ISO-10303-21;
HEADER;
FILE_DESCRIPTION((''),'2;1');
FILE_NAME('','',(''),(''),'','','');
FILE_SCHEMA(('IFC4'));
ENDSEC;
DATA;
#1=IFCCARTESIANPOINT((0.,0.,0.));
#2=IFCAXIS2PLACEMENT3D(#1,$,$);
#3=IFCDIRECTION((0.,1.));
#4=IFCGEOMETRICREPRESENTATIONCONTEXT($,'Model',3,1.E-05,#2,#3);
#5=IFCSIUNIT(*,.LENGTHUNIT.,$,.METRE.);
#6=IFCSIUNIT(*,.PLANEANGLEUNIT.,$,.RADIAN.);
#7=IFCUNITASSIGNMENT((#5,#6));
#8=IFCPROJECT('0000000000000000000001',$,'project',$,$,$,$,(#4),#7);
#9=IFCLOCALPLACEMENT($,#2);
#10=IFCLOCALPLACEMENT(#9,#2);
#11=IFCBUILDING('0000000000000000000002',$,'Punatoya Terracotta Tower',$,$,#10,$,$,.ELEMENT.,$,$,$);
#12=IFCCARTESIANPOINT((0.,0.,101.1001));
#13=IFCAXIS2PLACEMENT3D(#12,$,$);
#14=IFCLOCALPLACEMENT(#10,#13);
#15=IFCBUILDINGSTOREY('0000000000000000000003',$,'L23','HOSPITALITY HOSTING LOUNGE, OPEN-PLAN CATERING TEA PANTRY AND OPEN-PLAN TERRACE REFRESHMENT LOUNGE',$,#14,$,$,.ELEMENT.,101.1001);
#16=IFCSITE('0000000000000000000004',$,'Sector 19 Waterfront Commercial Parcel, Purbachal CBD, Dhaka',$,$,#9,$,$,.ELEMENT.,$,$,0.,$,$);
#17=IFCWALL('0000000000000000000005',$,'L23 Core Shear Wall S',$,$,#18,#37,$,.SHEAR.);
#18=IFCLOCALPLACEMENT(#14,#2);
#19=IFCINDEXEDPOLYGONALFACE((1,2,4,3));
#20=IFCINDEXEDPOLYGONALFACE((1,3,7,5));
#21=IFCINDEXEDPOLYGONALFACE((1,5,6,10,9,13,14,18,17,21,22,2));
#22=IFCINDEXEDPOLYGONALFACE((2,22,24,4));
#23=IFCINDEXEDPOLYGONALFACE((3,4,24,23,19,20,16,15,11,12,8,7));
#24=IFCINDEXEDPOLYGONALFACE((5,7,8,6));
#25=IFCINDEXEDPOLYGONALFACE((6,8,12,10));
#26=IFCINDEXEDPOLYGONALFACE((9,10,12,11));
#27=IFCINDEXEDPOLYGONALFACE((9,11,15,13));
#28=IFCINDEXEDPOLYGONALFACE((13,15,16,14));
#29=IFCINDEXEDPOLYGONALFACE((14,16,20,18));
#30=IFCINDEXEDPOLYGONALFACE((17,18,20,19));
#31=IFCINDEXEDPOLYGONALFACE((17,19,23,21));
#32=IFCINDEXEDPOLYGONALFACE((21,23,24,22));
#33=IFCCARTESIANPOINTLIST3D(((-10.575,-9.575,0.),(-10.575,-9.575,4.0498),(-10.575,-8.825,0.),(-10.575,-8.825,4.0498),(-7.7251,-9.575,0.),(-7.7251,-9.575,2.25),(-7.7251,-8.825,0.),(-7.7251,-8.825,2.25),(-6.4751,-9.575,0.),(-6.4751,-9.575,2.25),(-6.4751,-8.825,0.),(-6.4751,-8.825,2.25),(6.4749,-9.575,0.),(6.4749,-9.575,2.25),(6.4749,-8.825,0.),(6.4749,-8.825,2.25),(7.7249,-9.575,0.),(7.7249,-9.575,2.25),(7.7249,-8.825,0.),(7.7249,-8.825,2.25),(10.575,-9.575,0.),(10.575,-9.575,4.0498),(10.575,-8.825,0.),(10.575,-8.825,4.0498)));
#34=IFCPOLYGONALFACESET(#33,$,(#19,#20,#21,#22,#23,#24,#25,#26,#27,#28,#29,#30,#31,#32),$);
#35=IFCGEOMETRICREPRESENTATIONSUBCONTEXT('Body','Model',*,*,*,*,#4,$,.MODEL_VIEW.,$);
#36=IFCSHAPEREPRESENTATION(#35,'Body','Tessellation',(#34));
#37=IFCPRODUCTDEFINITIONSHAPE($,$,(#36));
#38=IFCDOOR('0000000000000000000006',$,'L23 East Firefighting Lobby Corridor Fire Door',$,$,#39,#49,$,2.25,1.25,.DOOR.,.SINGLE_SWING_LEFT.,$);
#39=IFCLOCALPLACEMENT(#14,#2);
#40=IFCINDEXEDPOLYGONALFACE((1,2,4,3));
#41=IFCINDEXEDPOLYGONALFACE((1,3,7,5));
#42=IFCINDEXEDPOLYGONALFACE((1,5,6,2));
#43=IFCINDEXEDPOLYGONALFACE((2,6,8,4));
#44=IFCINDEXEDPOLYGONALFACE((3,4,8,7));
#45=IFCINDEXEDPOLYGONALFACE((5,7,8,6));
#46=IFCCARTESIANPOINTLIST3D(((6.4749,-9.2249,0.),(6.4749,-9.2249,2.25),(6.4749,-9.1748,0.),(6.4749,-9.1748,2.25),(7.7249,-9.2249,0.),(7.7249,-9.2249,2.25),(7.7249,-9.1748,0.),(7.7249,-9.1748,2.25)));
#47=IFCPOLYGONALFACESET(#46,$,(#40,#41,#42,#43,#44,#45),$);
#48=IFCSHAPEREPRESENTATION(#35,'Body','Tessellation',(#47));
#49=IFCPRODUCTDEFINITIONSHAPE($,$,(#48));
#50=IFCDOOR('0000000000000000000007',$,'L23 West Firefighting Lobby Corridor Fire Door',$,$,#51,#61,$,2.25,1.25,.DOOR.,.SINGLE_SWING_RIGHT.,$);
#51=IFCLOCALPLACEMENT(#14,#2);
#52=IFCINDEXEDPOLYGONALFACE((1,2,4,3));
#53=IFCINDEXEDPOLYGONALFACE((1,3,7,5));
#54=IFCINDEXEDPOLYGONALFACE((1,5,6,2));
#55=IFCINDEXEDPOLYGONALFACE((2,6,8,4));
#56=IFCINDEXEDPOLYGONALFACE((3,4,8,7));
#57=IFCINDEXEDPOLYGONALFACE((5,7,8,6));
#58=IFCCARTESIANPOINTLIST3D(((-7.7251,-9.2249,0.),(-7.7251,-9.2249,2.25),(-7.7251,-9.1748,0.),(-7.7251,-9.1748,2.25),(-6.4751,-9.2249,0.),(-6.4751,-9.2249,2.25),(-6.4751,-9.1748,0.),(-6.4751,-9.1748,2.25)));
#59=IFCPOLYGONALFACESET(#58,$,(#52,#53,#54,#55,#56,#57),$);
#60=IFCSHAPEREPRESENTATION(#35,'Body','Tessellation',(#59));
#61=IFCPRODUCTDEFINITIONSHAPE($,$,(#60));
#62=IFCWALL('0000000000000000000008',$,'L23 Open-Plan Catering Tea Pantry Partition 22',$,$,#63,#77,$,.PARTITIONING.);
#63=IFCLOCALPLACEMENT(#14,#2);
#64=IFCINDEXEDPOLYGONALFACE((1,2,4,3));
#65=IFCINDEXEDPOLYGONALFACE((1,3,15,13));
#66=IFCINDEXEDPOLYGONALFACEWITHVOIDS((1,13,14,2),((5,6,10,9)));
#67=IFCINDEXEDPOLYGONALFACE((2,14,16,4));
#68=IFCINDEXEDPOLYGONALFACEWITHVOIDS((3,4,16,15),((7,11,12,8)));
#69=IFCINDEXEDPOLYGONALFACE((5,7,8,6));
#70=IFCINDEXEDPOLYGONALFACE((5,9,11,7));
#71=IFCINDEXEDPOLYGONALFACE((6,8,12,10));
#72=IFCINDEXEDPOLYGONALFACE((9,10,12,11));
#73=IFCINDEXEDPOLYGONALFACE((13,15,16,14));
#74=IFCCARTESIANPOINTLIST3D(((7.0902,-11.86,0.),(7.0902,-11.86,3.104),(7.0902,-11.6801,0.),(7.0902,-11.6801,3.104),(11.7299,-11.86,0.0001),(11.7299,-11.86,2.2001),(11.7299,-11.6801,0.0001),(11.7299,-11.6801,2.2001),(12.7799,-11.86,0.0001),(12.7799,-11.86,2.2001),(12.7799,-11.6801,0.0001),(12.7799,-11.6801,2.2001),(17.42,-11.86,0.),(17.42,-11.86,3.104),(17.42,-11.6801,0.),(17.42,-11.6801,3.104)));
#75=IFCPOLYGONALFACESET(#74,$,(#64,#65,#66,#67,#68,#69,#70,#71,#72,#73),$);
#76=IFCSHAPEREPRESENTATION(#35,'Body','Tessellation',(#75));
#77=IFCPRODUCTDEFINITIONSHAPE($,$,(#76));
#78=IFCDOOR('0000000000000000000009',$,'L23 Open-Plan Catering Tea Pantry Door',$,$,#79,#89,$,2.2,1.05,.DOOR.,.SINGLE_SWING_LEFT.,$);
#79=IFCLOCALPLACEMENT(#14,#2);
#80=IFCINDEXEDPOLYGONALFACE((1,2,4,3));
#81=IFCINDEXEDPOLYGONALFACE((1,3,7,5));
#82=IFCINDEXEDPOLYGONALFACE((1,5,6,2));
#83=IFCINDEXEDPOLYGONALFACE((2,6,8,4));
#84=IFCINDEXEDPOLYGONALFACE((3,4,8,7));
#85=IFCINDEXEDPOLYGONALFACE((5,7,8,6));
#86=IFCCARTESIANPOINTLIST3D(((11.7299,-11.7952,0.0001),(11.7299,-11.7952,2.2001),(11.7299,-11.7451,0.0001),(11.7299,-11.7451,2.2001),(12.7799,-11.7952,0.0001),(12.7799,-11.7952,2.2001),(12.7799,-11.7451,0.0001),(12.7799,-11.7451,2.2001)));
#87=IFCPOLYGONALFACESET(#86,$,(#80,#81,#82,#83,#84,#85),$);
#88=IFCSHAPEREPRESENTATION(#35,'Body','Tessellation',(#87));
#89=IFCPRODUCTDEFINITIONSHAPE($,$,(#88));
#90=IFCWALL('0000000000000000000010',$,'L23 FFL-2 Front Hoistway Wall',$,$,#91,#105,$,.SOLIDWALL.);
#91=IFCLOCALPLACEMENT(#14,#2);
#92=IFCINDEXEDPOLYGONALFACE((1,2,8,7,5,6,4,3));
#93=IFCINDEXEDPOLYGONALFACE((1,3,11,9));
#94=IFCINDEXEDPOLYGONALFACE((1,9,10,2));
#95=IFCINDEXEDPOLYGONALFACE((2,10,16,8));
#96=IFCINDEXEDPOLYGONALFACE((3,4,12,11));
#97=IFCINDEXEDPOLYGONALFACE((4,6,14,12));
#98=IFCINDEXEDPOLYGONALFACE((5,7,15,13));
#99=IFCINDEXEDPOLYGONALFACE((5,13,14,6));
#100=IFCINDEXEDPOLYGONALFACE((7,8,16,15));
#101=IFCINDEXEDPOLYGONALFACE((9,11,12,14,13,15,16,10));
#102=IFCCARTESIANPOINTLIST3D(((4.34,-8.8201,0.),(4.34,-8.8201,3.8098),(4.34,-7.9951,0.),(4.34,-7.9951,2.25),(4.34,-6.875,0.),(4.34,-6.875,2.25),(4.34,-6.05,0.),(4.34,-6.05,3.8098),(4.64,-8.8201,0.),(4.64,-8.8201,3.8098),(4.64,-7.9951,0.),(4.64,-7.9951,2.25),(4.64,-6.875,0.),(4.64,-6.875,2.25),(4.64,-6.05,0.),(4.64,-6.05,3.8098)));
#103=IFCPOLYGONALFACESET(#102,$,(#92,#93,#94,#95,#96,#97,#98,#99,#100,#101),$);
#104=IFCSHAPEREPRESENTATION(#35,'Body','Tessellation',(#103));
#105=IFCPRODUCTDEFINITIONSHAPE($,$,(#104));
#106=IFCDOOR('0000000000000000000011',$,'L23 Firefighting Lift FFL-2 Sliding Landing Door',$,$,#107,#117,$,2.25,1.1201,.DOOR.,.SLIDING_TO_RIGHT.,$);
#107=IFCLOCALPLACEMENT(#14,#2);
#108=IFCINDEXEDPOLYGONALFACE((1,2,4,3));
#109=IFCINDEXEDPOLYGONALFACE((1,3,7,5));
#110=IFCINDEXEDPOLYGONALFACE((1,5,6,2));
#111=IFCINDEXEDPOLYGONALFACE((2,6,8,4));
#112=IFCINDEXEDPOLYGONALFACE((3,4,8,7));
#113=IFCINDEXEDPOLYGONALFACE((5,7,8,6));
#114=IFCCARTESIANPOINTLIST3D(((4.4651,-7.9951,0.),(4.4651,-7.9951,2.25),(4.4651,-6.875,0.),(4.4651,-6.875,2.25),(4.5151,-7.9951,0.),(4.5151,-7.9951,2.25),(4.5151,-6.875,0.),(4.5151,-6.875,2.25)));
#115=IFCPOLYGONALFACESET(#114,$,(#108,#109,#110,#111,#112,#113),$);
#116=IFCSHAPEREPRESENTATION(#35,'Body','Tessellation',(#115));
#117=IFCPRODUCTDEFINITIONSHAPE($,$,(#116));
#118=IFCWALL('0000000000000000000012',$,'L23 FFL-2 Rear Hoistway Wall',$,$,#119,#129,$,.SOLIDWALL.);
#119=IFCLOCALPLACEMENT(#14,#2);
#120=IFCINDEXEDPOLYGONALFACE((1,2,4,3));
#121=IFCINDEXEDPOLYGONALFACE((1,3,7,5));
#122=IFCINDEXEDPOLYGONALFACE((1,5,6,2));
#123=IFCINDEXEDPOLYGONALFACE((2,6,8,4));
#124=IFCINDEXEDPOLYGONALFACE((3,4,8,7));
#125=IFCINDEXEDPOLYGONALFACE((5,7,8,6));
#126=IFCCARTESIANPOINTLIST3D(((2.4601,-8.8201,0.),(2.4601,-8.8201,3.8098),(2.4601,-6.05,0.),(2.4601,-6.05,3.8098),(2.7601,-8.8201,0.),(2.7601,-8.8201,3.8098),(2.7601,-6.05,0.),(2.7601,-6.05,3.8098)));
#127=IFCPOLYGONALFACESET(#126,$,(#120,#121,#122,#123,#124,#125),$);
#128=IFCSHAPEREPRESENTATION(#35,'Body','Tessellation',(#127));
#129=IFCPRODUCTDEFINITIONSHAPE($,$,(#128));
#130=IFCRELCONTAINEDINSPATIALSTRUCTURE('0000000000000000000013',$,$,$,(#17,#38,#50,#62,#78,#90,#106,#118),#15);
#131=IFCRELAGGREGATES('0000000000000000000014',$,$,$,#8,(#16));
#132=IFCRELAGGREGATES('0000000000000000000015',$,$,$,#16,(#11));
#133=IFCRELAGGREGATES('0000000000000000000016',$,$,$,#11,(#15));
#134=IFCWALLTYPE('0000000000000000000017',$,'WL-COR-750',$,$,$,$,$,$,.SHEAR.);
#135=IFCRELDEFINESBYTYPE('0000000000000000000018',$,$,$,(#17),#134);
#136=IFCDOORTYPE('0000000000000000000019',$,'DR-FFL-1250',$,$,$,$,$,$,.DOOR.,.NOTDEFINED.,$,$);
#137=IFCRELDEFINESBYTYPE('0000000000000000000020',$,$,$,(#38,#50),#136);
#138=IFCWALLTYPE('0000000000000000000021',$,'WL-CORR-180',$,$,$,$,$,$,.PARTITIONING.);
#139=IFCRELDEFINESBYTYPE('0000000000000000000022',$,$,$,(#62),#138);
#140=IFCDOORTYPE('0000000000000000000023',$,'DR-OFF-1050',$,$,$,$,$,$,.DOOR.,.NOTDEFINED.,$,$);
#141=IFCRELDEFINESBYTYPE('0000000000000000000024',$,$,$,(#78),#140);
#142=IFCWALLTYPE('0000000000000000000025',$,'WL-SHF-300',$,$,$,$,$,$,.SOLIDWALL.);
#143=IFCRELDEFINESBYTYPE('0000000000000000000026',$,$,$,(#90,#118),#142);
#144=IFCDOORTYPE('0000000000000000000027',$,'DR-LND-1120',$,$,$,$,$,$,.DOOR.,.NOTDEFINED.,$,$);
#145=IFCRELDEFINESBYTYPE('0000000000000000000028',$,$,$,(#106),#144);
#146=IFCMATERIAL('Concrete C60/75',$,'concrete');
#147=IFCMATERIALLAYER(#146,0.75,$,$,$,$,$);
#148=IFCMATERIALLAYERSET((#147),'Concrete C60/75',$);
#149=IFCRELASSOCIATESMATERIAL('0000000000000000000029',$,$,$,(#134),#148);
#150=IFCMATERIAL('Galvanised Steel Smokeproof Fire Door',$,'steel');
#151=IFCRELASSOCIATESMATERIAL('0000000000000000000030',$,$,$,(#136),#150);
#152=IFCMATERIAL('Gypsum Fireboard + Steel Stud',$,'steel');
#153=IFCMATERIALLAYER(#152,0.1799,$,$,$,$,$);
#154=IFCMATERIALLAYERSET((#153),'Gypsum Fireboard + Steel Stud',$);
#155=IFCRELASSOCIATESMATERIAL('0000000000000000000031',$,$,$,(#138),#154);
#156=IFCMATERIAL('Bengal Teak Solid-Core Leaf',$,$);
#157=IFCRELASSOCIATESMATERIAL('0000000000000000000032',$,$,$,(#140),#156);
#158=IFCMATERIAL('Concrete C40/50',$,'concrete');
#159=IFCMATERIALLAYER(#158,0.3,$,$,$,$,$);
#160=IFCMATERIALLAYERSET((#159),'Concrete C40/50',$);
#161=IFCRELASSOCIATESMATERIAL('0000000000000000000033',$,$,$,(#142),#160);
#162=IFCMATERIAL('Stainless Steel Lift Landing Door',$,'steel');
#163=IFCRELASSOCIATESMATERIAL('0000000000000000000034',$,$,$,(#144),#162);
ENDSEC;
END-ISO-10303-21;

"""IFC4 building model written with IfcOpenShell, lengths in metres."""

from ifc_helpers import new_model, si_unit, direction, frame, frame_2d, origin, place, context, subcontext, project, spatial, rectangle, extrude, material, layer, layer_set, type_object, element, fill, save


model = new_model("IFC4")

# Units and contexts
model_context = context("Model", 3, precision=1e-05, world=origin(), true_north=direction((0.0, 1.0)))
body_context = subcontext(model_context, "Body", "Model", "MODEL_VIEW")
ifc_project = project(units=[si_unit("LENGTHUNIT", "METRE"), si_unit("PLANEANGLEUNIT", "RADIAN")], contexts=[model_context])

# Site, building, storey
site_placement = place(None, origin())
site = spatial("IfcSite", under=ifc_project, at=site_placement, Name="Sector 19 Waterfront Commercial Parcel, Purbachal CBD, Dhaka", CompositionType="ELEMENT", RefElevation=0.0)
building_placement = place(site_placement, origin())
building = spatial("IfcBuilding", under=site, at=building_placement, Name="Punatoya Terracotta Tower", CompositionType="ELEMENT")
storey_placement = place(building_placement, frame((0.0, 0.0, 101.1001)))
storey = spatial("IfcBuildingStorey", under=building, at=storey_placement, Name="L23", Description="HOSPITALITY HOSTING LOUNGE, OPEN-PLAN CATERING TEA PANTRY AND OPEN-PLAN TERRACE REFRESHMENT LOUNGE", CompositionType="ELEMENT", Elevation=101.1001)

# Shared definitions
ifc_material_1 = material(Name="Concrete C40/50", Category="concrete")

# Wall, openings, doors
ifc_material_2 = material(Name="Concrete C60/75", Category="concrete")
ifc_layer_1 = layer(ifc_material_2, 0.75)
ifc_layer_set_1 = layer_set([ifc_layer_1], Name="Concrete C60/75")
wall_type_1 = type_object("IfcWallType", Name="WL-COR-750", PredefinedType="SHEAR", material=ifc_layer_set_1)
wall_1_placement = place(storey_placement, frame((10.575, -9.2, 0.0), z_axis=(0.0, 0.0, 1.0), x_axis=(-1.0, 0.0, 0.0)))
wall_1 = element("IfcWall", 1, at=wall_1_placement, inside=storey, type_object=wall_type_1, Name="L23 Core Shear Wall S", PredefinedType="SHEAR", context=body_context, shape_type="SweptSolid", body=[
    extrude(rectangle(XDim=21.1499, YDim=0.75, at=frame_2d((10.575, 0.0))), origin(), (0.0, 0.0, 1.0), 4.0498),
])
opening_1_placement = place(wall_1_placement, frame((2.8501, 0.0, 0.0)))
opening_1 = element("IfcOpeningElement", 2, at=opening_1_placement, cuts=wall_1, PredefinedType="OPENING", context=body_context, shape_type="SweptSolid", body=[
    extrude(rectangle(XDim=1.25, YDim=2.25, at=frame_2d((0.625, 1.125))), frame((0.0, 0.385, 0.0), z_axis=(0.0, -1.0, 0.0), x_axis=(1.0, 0.0, 0.0)), (0.0, 0.0, 1.0), 0.77),
])
opening_2_placement = place(wall_1_placement, frame((17.05, 0.0, 0.0)))
opening_2 = element("IfcOpeningElement", 3, at=opening_2_placement, cuts=wall_1, PredefinedType="OPENING", context=body_context, shape_type="SweptSolid", body=[
    extrude(rectangle(XDim=1.25, YDim=2.25, at=frame_2d((0.625, 1.125))), frame((0.0, 0.385, 0.0), z_axis=(0.0, -1.0, 0.0), x_axis=(1.0, 0.0, 0.0)), (0.0, 0.0, 1.0), 0.77),
])
ifc_material_3 = material(Name="Galvanised Steel Smokeproof Fire Door", Category="steel")
door_type_1 = type_object("IfcDoorType", Name="DR-FFL-1250", OperationType="NOTDEFINED", PredefinedType="DOOR", material=ifc_material_3)
door_1_placement = place(opening_1_placement, origin())
door_1 = element("IfcDoor", 4, at=door_1_placement, inside=storey, type_object=door_type_1, Name="L23 East Firefighting Lobby Corridor Fire Door", OperationType="SINGLE_SWING_LEFT", OverallHeight=2.25, OverallWidth=1.25, PredefinedType="DOOR", context=body_context, shape_type="SweptSolid", body=[
    extrude(rectangle(XDim=1.25, YDim=2.25, at=frame_2d((0.625, 1.125))), frame((0.0, 0.0249, 0.0), z_axis=(0.0, -1.0, 0.0), x_axis=(1.0, 0.0, 0.0)), (0.0, 0.0, 1.0), 0.05),
])
fill(opening_1, door_1)
door_2_placement = place(opening_2_placement, origin())
door_2 = element("IfcDoor", 5, at=door_2_placement, inside=storey, type_object=door_type_1, Name="L23 West Firefighting Lobby Corridor Fire Door", OperationType="SINGLE_SWING_RIGHT", OverallHeight=2.25, OverallWidth=1.25, PredefinedType="DOOR", context=body_context, shape_type="SweptSolid", body=[
    extrude(rectangle(XDim=1.25, YDim=2.25, at=frame_2d((0.625, 1.125))), frame((0.0, 0.0249, 0.0), z_axis=(0.0, -1.0, 0.0), x_axis=(1.0, 0.0, 0.0)), (0.0, 0.0, 1.0), 0.05),
])
fill(opening_2, door_2)

# Walls, openings, doors
ifc_material_4 = material(Name="Gypsum Fireboard + Steel Stud", Category="steel")
ifc_layer_2 = layer(ifc_material_4, 0.1799)
ifc_layer_set_2 = layer_set([ifc_layer_2], Name="Gypsum Fireboard + Steel Stud")
wall_type_2 = type_object("IfcWallType", Name="WL-CORR-180", PredefinedType="PARTITIONING", material=ifc_layer_set_2)
wall_2_placement = place(storey_placement, frame((7.0901, -11.77, 0.0), z_axis=(0.0, 0.0, 1.0), x_axis=(1.0, 0.0, 0.0)))
wall_2 = element("IfcWall", 6, at=wall_2_placement, inside=storey, type_object=wall_type_2, Name="L23 Open-Plan Catering Tea Pantry Partition 22", PredefinedType="PARTITIONING", context=body_context, shape_type="SweptSolid", body=[
    extrude(rectangle(XDim=10.3298, YDim=0.1799, at=frame_2d((5.165, 0.0))), origin(), (0.0, 0.0, 1.0), 3.104),
])
opening_3_placement = place(wall_2_placement, frame((4.6399, 0.0, 0.0)))
opening_3 = element("IfcOpeningElement", 7, at=opening_3_placement, cuts=wall_2, PredefinedType="OPENING", context=body_context, shape_type="SweptSolid", body=[
    extrude(rectangle(XDim=1.05, YDim=2.2, at=frame_2d((0.5249, 1.1001))), frame((0.0, 0.0999, 0.0), z_axis=(0.0, -1.0, 0.0), x_axis=(1.0, 0.0, 0.0)), (0.0, 0.0, 1.0), 0.2),
])
ifc_material_5 = material(Name="Bengal Teak Solid-Core Leaf")
door_type_2 = type_object("IfcDoorType", Name="DR-OFF-1050", OperationType="NOTDEFINED", PredefinedType="DOOR", material=ifc_material_5)
door_3_placement = place(opening_3_placement, origin())
door_3 = element("IfcDoor", 8, at=door_3_placement, inside=storey, type_object=door_type_2, Name="L23 Open-Plan Catering Tea Pantry Door", OperationType="SINGLE_SWING_LEFT", OverallHeight=2.2, OverallWidth=1.05, PredefinedType="DOOR", context=body_context, shape_type="SweptSolid", body=[
    extrude(rectangle(XDim=1.05, YDim=2.2, at=frame_2d((0.5249, 1.1001))), frame((0.0, 0.0249, 0.0), z_axis=(0.0, -1.0, 0.0), x_axis=(1.0, 0.0, 0.0)), (0.0, 0.0, 1.0), 0.05),
])
fill(opening_3, door_3)
ifc_layer_3 = layer(ifc_material_1, 0.3)
ifc_layer_set_3 = layer_set([ifc_layer_3], Name="Concrete C40/50")
wall_type_3 = type_object("IfcWallType", Name="WL-SHF-300", PredefinedType="SOLIDWALL", material=ifc_layer_set_3)
wall_3_placement = place(storey_placement, frame((4.49, -8.8201, 0.0), z_axis=(0.0, 0.0, 1.0), x_axis=(0.0, 1.0, 0.0)))
wall_3 = element("IfcWall", 9, at=wall_3_placement, inside=storey, type_object=wall_type_3, Name="L23 FFL-2 Front Hoistway Wall", PredefinedType="SOLIDWALL", context=body_context, shape_type="SweptSolid", body=[
    extrude(rectangle(XDim=2.77, YDim=0.3, at=frame_2d((1.385, 0.0))), origin(), (0.0, 0.0, 1.0), 3.8098),
])
opening_4_placement = place(wall_3_placement, frame((0.825, 0.0, 0.0)))
opening_4 = element("IfcOpeningElement", 10, at=opening_4_placement, cuts=wall_3, PredefinedType="OPENING", context=body_context, shape_type="SweptSolid", body=[
    extrude(rectangle(XDim=1.1201, YDim=2.25, at=frame_2d((0.5601, 1.125))), frame((0.0, 0.1599, 0.0), z_axis=(0.0, -1.0, 0.0), x_axis=(1.0, 0.0, 0.0)), (0.0, 0.0, 1.0), 0.3201),
])
ifc_material_6 = material(Name="Stainless Steel Lift Landing Door", Category="steel")
door_type_3 = type_object("IfcDoorType", Name="DR-LND-1120", OperationType="NOTDEFINED", PredefinedType="DOOR", material=ifc_material_6)
door_4_placement = place(opening_4_placement, origin())
door_4 = element("IfcDoor", 11, at=door_4_placement, inside=storey, type_object=door_type_3, Name="L23 Firefighting Lift FFL-2 Sliding Landing Door", OperationType="SLIDING_TO_RIGHT", OverallHeight=2.25, OverallWidth=1.1201, PredefinedType="DOOR", context=body_context, shape_type="SweptSolid", body=[
    extrude(rectangle(XDim=1.1201, YDim=2.25, at=frame_2d((0.5601, 1.125))), frame((0.0, 0.0249, 0.0), z_axis=(0.0, -1.0, 0.0), x_axis=(1.0, 0.0, 0.0)), (0.0, 0.0, 1.0), 0.05),
])
fill(opening_4, door_4)

# Wall
wall_4_placement = place(storey_placement, frame((2.6101, -8.8201, 0.0), z_axis=(0.0, 0.0, 1.0), x_axis=(0.0, 1.0, 0.0)))
element("IfcWall", 12, at=wall_4_placement, inside=storey, type_object=wall_type_3, Name="L23 FFL-2 Rear Hoistway Wall", PredefinedType="SOLIDWALL", context=body_context, shape_type="SweptSolid", body=[
    extrude(rectangle(XDim=2.77, YDim=0.3, at=frame_2d((1.385, 0.0))), origin(), (0.0, 0.0, 1.0), 3.8098),
])

save(model, "model.ifc")
